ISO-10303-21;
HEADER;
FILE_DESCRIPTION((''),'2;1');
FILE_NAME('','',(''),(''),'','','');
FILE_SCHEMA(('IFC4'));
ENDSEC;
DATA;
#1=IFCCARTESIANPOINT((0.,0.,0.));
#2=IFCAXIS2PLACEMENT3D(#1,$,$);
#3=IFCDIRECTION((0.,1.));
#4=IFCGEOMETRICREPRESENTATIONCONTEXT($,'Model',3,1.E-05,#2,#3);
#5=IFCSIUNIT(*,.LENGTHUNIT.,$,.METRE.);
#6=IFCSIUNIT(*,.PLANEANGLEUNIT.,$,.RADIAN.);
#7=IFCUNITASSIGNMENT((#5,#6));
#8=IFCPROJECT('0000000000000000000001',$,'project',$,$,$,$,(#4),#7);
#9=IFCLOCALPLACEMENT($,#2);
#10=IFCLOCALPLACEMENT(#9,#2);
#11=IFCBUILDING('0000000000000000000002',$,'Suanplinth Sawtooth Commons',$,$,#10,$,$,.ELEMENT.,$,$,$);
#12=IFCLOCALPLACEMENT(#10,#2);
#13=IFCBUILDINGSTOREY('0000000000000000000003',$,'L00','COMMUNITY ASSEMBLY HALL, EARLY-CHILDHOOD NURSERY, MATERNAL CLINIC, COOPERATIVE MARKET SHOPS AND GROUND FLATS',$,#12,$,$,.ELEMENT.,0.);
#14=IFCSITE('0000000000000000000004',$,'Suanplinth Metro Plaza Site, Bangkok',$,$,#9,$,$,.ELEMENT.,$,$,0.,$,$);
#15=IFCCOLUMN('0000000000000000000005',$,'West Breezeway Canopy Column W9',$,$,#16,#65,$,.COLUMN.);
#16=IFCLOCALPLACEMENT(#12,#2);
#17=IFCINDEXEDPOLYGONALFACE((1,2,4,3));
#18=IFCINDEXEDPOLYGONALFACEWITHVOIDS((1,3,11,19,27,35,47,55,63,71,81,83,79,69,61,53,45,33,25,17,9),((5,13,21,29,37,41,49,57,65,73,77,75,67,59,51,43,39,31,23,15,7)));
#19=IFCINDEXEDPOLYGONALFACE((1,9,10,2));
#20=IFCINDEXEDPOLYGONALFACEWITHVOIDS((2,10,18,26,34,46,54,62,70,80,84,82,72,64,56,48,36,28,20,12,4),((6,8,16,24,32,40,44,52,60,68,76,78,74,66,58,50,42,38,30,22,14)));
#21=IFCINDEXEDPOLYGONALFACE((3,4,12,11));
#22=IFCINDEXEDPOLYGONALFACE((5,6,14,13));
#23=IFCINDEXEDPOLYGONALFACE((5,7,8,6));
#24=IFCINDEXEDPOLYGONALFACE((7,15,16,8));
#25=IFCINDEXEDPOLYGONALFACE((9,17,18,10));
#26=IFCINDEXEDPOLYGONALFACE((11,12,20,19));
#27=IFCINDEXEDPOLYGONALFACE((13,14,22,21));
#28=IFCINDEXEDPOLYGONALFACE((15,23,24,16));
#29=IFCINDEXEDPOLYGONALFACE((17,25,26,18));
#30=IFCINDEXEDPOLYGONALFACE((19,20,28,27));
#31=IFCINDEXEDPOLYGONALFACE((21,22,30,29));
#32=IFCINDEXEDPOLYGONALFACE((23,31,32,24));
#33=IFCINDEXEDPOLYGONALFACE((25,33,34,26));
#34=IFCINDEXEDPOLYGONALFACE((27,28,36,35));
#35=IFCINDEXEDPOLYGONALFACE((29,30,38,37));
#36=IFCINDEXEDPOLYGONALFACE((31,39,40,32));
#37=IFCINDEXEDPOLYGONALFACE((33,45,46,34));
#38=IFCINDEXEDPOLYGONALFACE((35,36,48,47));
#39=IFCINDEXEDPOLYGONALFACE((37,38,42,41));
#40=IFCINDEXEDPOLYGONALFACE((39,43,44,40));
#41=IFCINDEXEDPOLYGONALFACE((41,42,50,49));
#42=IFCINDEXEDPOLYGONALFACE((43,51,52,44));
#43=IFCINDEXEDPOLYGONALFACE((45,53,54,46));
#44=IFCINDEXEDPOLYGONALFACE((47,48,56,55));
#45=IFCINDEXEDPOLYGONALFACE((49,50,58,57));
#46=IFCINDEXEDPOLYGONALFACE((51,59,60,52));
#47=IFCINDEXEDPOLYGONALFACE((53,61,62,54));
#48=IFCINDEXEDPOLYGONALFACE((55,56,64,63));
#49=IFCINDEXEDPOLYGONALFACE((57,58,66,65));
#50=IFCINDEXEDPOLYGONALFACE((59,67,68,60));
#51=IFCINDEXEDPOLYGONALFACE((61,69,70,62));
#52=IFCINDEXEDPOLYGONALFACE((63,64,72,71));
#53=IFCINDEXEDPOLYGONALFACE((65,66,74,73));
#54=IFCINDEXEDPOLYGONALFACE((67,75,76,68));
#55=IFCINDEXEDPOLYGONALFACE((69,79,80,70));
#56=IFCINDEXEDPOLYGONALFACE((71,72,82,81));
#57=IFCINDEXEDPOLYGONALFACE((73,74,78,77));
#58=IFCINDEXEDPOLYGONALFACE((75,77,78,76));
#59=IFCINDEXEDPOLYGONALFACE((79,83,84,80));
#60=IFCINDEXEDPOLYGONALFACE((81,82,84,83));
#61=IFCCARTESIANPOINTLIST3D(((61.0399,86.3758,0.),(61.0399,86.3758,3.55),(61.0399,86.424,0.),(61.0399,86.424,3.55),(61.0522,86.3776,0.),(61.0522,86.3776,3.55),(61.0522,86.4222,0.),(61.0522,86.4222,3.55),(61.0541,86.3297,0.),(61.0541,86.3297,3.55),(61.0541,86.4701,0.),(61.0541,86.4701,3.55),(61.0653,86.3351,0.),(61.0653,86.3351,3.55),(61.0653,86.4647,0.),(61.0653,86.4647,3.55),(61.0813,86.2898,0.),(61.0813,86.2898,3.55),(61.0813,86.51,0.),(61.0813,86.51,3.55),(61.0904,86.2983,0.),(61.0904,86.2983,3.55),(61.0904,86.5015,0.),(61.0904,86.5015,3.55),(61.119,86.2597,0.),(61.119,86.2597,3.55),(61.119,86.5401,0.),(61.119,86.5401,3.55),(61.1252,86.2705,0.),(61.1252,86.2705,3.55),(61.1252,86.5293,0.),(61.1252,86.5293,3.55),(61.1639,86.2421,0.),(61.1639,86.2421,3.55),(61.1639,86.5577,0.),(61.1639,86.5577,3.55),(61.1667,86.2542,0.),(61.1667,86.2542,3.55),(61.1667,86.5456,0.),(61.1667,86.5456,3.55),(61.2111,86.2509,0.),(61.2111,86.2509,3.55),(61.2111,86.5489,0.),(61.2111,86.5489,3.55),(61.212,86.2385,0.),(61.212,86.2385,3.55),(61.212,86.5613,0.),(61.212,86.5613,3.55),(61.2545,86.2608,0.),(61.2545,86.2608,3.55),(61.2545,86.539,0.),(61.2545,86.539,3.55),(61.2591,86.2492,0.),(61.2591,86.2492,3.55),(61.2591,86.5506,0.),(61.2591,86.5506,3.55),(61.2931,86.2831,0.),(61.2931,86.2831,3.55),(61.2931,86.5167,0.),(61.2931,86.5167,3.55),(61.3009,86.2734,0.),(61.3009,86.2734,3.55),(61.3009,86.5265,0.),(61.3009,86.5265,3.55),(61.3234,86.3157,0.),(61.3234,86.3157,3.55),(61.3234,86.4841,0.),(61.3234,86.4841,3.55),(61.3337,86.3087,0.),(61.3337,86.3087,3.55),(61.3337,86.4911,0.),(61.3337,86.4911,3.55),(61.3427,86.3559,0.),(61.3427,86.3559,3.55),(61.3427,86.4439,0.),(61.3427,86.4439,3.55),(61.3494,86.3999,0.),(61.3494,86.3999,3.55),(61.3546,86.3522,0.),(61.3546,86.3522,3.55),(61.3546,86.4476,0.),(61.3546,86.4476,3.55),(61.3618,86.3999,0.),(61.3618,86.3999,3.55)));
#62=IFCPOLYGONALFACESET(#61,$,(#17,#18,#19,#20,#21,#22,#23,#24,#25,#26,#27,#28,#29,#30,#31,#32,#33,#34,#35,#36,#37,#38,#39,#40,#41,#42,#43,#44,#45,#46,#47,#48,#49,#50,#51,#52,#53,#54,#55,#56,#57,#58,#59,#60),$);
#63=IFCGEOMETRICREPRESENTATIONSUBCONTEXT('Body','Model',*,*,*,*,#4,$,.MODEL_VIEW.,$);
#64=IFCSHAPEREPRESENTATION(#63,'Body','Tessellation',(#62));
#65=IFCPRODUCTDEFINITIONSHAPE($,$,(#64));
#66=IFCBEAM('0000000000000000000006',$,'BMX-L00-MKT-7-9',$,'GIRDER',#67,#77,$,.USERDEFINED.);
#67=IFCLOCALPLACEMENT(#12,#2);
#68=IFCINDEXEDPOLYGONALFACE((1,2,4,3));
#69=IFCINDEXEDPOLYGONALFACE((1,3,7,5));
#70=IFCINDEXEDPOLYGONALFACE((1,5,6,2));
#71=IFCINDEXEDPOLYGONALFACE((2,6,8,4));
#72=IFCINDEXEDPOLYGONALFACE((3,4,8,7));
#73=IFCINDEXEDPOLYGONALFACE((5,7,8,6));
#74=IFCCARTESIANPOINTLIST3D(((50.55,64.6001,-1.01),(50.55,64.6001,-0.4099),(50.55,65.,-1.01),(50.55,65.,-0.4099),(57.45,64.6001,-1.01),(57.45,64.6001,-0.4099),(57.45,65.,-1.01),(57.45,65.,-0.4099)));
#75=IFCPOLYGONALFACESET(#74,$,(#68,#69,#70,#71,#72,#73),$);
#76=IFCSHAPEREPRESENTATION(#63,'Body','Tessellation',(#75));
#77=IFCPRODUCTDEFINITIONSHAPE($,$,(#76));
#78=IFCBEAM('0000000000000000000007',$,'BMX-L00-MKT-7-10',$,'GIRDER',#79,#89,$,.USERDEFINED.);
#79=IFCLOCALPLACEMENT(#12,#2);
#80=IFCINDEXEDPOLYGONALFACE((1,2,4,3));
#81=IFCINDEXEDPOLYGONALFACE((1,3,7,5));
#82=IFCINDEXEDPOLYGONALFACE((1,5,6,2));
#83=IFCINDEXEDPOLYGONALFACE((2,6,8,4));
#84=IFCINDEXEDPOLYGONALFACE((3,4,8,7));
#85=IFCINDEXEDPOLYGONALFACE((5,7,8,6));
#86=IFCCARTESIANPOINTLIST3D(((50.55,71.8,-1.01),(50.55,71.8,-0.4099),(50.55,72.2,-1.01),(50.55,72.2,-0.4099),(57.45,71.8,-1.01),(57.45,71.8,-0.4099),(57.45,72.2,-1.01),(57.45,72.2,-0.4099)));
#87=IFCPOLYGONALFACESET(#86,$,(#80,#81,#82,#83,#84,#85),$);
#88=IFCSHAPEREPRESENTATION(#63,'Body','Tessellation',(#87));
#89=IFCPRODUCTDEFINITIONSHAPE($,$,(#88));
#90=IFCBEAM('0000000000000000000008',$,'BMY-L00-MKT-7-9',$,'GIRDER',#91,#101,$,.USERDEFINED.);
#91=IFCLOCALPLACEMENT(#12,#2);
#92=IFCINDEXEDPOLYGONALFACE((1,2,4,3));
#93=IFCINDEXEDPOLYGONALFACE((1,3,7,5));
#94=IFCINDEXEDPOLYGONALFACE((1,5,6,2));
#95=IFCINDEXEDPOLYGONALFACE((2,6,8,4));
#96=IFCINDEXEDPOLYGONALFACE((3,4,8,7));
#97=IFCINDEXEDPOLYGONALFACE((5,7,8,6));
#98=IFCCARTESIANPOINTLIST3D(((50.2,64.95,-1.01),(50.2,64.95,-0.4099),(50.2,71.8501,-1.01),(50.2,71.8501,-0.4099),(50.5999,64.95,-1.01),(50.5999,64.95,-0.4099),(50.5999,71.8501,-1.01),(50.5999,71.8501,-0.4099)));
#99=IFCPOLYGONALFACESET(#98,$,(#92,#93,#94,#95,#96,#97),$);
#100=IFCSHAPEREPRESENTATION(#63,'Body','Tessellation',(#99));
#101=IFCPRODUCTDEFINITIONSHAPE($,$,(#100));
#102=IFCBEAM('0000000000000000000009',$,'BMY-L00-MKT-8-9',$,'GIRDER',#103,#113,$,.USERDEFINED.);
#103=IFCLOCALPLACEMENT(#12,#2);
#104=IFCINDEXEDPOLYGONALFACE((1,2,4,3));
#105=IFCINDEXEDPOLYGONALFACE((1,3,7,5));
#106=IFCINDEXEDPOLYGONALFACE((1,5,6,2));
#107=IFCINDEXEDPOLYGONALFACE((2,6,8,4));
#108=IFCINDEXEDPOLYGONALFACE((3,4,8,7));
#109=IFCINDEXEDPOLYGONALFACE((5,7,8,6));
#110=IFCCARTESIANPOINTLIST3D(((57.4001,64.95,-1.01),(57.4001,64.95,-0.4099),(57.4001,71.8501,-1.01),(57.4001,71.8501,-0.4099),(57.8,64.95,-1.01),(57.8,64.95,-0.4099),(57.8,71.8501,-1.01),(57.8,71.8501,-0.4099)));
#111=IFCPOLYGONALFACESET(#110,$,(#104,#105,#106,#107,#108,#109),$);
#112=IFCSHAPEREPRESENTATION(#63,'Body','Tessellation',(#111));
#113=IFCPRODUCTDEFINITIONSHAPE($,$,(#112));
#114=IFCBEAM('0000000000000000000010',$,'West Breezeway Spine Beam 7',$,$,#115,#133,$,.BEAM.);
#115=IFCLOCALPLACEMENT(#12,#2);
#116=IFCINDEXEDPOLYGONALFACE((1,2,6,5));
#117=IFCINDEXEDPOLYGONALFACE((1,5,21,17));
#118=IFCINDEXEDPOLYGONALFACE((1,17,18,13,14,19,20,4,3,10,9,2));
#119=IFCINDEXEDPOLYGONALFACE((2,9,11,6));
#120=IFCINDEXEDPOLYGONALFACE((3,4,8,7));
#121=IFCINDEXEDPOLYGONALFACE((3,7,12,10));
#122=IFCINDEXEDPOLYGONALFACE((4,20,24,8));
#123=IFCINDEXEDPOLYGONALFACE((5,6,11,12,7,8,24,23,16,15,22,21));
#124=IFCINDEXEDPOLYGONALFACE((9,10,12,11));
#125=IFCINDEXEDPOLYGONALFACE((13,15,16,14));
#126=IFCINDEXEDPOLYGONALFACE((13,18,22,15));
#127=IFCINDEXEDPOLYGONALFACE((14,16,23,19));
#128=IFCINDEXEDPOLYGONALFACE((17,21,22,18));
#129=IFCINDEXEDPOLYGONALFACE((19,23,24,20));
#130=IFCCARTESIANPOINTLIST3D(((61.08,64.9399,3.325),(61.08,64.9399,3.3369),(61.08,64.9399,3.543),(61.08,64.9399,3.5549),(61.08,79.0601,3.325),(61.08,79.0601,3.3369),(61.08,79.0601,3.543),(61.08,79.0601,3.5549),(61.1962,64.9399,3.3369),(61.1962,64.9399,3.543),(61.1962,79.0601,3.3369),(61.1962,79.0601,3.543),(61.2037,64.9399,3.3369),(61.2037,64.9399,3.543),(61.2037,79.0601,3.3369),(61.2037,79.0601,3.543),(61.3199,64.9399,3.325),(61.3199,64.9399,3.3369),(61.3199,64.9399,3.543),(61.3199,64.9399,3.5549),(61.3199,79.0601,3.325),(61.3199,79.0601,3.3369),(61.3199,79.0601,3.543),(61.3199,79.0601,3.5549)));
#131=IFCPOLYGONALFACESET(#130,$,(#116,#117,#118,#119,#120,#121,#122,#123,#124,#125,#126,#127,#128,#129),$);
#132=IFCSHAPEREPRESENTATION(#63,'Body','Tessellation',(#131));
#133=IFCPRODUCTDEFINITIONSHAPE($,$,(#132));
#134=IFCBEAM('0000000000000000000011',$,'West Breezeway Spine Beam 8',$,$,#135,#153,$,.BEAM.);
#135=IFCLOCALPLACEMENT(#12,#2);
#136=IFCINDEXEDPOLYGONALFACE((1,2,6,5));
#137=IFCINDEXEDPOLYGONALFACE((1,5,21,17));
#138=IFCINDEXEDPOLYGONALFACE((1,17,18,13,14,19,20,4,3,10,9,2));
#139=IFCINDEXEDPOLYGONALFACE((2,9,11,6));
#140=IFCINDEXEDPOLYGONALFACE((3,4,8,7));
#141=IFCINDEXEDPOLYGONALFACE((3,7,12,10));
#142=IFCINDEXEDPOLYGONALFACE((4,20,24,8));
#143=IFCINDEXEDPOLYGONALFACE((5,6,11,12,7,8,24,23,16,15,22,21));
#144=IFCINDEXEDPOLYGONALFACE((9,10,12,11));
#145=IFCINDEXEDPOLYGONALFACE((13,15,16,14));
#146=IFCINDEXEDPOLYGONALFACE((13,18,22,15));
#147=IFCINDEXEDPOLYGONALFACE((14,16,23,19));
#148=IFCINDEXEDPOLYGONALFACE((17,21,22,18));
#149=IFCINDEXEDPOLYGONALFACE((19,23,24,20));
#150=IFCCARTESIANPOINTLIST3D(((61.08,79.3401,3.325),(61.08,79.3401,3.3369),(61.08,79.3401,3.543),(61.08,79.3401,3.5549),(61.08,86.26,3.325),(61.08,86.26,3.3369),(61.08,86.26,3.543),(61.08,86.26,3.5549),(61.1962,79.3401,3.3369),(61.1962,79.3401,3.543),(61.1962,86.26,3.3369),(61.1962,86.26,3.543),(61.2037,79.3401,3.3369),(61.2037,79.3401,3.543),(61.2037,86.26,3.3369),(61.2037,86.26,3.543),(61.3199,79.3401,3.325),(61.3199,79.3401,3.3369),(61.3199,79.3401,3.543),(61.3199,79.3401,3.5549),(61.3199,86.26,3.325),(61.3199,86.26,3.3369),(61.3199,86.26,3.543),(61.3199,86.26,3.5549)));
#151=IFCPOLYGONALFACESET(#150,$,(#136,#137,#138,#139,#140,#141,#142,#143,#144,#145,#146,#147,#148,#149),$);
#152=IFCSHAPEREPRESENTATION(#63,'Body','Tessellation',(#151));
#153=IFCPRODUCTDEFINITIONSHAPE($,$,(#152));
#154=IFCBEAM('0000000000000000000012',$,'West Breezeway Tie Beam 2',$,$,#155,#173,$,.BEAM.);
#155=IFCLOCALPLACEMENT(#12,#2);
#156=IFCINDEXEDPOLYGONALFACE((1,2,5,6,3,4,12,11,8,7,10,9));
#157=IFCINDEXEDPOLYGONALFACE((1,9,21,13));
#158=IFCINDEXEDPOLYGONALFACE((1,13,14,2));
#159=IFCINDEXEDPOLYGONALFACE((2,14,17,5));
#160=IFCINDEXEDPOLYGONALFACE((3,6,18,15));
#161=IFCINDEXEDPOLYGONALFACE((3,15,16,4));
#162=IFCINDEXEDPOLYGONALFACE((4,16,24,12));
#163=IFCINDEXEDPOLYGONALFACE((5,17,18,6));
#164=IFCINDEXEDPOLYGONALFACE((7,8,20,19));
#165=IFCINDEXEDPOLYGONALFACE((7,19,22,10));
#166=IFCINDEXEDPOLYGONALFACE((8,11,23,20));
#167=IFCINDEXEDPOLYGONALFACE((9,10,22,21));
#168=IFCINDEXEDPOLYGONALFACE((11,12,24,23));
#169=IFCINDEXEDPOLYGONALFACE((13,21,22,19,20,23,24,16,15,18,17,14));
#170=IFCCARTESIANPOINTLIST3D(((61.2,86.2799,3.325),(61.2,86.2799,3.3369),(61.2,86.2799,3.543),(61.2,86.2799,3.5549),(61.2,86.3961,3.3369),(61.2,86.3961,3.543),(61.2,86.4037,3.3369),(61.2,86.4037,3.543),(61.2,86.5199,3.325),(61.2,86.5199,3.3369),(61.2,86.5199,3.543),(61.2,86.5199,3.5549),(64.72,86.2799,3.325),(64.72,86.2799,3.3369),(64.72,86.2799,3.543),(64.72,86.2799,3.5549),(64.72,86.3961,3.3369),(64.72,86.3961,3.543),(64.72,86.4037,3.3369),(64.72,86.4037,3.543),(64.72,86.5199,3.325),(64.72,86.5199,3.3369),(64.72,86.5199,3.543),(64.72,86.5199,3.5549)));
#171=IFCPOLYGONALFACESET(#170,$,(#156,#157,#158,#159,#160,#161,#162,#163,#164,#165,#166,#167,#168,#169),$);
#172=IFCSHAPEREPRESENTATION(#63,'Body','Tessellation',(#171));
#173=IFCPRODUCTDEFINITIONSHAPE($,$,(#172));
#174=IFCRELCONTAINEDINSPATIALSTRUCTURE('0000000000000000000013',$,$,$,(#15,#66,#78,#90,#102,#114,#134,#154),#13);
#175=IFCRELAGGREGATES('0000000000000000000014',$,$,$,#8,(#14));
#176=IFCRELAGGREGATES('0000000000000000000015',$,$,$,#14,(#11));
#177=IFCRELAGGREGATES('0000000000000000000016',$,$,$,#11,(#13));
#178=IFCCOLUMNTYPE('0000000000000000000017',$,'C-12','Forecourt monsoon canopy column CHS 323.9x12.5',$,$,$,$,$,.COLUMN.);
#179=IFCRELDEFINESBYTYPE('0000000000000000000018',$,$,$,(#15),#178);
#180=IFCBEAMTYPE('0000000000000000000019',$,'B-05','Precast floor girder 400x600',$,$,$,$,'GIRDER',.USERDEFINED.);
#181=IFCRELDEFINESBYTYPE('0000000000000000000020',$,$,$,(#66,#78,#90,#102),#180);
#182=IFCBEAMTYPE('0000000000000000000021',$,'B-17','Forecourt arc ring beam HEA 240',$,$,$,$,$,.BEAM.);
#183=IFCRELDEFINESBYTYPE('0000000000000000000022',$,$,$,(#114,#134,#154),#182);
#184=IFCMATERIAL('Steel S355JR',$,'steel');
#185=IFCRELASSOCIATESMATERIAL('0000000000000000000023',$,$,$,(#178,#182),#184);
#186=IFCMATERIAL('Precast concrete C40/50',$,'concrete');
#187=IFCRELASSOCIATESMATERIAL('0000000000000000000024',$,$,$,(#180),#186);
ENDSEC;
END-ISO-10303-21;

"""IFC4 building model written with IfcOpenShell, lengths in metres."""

from ifc_helpers import new_model, si_unit, direction, frame, origin, origin_2d, place, context, subcontext, project, spatial, rectangle, hollow_circle, i_section, extrude, material, material_profile, profile_set, type_object, element, save


model = new_model("IFC4")

# Units and contexts
model_context = context("Model", 3, precision=1e-05, world=origin(), true_north=direction((0.0, 1.0)))
body_context = subcontext(model_context, "Body", "Model", "MODEL_VIEW")
ifc_project = project(units=[si_unit("LENGTHUNIT", "METRE"), si_unit("PLANEANGLEUNIT", "RADIAN")], contexts=[model_context])

# Site, building, storey
site_placement = place(None, origin())
site = spatial("IfcSite", under=ifc_project, at=site_placement, Name="Suanplinth Metro Plaza Site, Bangkok", CompositionType="ELEMENT", RefElevation=0.0)
building_placement = place(site_placement, origin())
building = spatial("IfcBuilding", under=site, at=building_placement, Name="Suanplinth Sawtooth Commons", CompositionType="ELEMENT")
storey_placement = place(building_placement, origin())
storey = spatial("IfcBuildingStorey", under=building, at=storey_placement, Name="L00", Description="COMMUNITY ASSEMBLY HALL, EARLY-CHILDHOOD NURSERY, MATERNAL CLINIC, COOPERATIVE MARKET SHOPS AND GROUND FLATS", CompositionType="ELEMENT", Elevation=0.0)

# Column
ifc_material_1 = material(Name="Steel S355JR", Category="steel")
ifc_material_profile_1 = material_profile(ifc_material_1, hollow_circle(Radius=0.1619, WallThickness=0.0125, at=origin_2d()), Name="CHS 323.9x12.5")
ifc_profile_set_1 = profile_set([ifc_material_profile_1], Name="Steel S355JR")
column_type_1 = type_object("IfcColumnType", Name="C-12", Description="Forecourt monsoon canopy column CHS 323.9x12.5", PredefinedType="COLUMN", material=ifc_profile_set_1)
for number, where, z_axis, x_axis, name in (
    (1, (61.2, 86.3999, 0.0), (0.0, 0.0, 1.0), (1.0, 0.0, 0.0), "West Breezeway Canopy Column W9"),
):
    element("IfcColumn", number, at=place(storey_placement, frame(where, z_axis=z_axis, x_axis=x_axis)), inside=storey, type_object=column_type_1, Name=name, PredefinedType="COLUMN", context=body_context, shape_type="SweptSolid", body=[
        extrude(hollow_circle(Radius=0.1619, WallThickness=0.0125, at=origin_2d()), origin(), (0.0, 0.0, 1.0), 3.55),
    ])

# Beams
ifc_material_2 = material(Name="Precast concrete C40/50", Category="concrete")
ifc_material_profile_2 = material_profile(ifc_material_2, rectangle(XDim=0.3999, YDim=0.6001, at=origin_2d()), Name="PC-GDR 400x600")
ifc_profile_set_2 = profile_set([ifc_material_profile_2], Name="Precast concrete C40/50")
beam_type_1 = type_object("IfcBeamType", Name="B-05", Description="Precast floor girder 400x600", ElementType="GIRDER", PredefinedType="USERDEFINED", material=ifc_profile_set_2)
for number, where, z_axis, x_axis, name in (
    (2, (50.55, 64.8, -0.71), (1.0, 0.0, 0.0), (0.0, 1.0, 0.0), "BMX-L00-MKT-7-9"),
    (3, (50.55, 72.0, -0.71), (1.0, 0.0, 0.0), (0.0, 1.0, 0.0), "BMX-L00-MKT-7-10"),
):
    element("IfcBeam", number, at=place(storey_placement, frame(where, z_axis=z_axis, x_axis=x_axis)), inside=storey, type_object=beam_type_1, Name=name, ObjectType="GIRDER", PredefinedType="USERDEFINED", context=body_context, shape_type="SweptSolid", body=[
        extrude(rectangle(XDim=0.3999, YDim=0.6001, at=origin_2d()), origin(), (0.0, 0.0, 1.0), 6.8999),
    ])
for number, where, z_axis, x_axis, name in (
    (4, (50.3999, 64.95, -0.71), (0.0, 1.0, 0.0), (-1.0, 0.0, 0.0), "BMY-L00-MKT-7-9"),
    (5, (57.6001, 64.95, -0.71), (0.0, 1.0, 0.0), (-1.0, 0.0, 0.0), "BMY-L00-MKT-8-9"),
):
    element("IfcBeam", number, at=place(storey_placement, frame(where, z_axis=z_axis, x_axis=x_axis)), inside=storey, type_object=beam_type_1, Name=name, ObjectType="GIRDER", PredefinedType="USERDEFINED", context=body_context, shape_type="SweptSolid", body=[
        extrude(rectangle(XDim=0.3999, YDim=0.6001, at=origin_2d()), origin(), (0.0, 0.0, 1.0), 6.9001),
    ])
ifc_material_profile_3 = material_profile(ifc_material_1, i_section(OverallWidth=0.24, OverallDepth=0.23, WebThickness=0.0076, FlangeThickness=0.012, at=origin_2d()), Name="HEA 240")
ifc_profile_set_3 = profile_set([ifc_material_profile_3], Name="Steel S355JR")
beam_type_2 = type_object("IfcBeamType", Name="B-17", Description="Forecourt arc ring beam HEA 240", PredefinedType="BEAM", material=ifc_profile_set_3)
beam_1_placement = place(storey_placement, frame((61.2, 64.9399, 3.4399), z_axis=(0.0, 1.0, 0.0), x_axis=(-1.0, 0.0, 0.0)))
element("IfcBeam", 6, at=beam_1_placement, inside=storey, type_object=beam_type_2, Name="West Breezeway Spine Beam 7", PredefinedType="BEAM", context=body_context, shape_type="SweptSolid", body=[
    extrude(i_section(OverallWidth=0.24, OverallDepth=0.23, WebThickness=0.0076, FlangeThickness=0.012, at=origin_2d()), origin(), (0.0, 0.0, 1.0), 14.1201),
])
beam_2_placement = place(storey_placement, frame((61.2, 79.3401, 3.4399), z_axis=(0.0, 1.0, 0.0), x_axis=(-1.0, 0.0, 0.0)))
element("IfcBeam", 7, at=beam_2_placement, inside=storey, type_object=beam_type_2, Name="West Breezeway Spine Beam 8", PredefinedType="BEAM", context=body_context, shape_type="SweptSolid", body=[
    extrude(i_section(OverallWidth=0.24, OverallDepth=0.23, WebThickness=0.0076, FlangeThickness=0.012, at=origin_2d()), origin(), (0.0, 0.0, 1.0), 6.9199),
])
beam_3_placement = place(storey_placement, frame((61.2, 86.3999, 3.4399), z_axis=(1.0, 0.0, 0.0), x_axis=(0.0, 1.0, 0.0)))
element("IfcBeam", 8, at=beam_3_placement, inside=storey, type_object=beam_type_2, Name="West Breezeway Tie Beam 2", PredefinedType="BEAM", context=body_context, shape_type="SweptSolid", body=[
    extrude(i_section(OverallWidth=0.24, OverallDepth=0.23, WebThickness=0.0076, FlangeThickness=0.012, at=origin_2d()), origin(), (0.0, 0.0, 1.0), 3.52),
])

save(model, "model.ifc")
